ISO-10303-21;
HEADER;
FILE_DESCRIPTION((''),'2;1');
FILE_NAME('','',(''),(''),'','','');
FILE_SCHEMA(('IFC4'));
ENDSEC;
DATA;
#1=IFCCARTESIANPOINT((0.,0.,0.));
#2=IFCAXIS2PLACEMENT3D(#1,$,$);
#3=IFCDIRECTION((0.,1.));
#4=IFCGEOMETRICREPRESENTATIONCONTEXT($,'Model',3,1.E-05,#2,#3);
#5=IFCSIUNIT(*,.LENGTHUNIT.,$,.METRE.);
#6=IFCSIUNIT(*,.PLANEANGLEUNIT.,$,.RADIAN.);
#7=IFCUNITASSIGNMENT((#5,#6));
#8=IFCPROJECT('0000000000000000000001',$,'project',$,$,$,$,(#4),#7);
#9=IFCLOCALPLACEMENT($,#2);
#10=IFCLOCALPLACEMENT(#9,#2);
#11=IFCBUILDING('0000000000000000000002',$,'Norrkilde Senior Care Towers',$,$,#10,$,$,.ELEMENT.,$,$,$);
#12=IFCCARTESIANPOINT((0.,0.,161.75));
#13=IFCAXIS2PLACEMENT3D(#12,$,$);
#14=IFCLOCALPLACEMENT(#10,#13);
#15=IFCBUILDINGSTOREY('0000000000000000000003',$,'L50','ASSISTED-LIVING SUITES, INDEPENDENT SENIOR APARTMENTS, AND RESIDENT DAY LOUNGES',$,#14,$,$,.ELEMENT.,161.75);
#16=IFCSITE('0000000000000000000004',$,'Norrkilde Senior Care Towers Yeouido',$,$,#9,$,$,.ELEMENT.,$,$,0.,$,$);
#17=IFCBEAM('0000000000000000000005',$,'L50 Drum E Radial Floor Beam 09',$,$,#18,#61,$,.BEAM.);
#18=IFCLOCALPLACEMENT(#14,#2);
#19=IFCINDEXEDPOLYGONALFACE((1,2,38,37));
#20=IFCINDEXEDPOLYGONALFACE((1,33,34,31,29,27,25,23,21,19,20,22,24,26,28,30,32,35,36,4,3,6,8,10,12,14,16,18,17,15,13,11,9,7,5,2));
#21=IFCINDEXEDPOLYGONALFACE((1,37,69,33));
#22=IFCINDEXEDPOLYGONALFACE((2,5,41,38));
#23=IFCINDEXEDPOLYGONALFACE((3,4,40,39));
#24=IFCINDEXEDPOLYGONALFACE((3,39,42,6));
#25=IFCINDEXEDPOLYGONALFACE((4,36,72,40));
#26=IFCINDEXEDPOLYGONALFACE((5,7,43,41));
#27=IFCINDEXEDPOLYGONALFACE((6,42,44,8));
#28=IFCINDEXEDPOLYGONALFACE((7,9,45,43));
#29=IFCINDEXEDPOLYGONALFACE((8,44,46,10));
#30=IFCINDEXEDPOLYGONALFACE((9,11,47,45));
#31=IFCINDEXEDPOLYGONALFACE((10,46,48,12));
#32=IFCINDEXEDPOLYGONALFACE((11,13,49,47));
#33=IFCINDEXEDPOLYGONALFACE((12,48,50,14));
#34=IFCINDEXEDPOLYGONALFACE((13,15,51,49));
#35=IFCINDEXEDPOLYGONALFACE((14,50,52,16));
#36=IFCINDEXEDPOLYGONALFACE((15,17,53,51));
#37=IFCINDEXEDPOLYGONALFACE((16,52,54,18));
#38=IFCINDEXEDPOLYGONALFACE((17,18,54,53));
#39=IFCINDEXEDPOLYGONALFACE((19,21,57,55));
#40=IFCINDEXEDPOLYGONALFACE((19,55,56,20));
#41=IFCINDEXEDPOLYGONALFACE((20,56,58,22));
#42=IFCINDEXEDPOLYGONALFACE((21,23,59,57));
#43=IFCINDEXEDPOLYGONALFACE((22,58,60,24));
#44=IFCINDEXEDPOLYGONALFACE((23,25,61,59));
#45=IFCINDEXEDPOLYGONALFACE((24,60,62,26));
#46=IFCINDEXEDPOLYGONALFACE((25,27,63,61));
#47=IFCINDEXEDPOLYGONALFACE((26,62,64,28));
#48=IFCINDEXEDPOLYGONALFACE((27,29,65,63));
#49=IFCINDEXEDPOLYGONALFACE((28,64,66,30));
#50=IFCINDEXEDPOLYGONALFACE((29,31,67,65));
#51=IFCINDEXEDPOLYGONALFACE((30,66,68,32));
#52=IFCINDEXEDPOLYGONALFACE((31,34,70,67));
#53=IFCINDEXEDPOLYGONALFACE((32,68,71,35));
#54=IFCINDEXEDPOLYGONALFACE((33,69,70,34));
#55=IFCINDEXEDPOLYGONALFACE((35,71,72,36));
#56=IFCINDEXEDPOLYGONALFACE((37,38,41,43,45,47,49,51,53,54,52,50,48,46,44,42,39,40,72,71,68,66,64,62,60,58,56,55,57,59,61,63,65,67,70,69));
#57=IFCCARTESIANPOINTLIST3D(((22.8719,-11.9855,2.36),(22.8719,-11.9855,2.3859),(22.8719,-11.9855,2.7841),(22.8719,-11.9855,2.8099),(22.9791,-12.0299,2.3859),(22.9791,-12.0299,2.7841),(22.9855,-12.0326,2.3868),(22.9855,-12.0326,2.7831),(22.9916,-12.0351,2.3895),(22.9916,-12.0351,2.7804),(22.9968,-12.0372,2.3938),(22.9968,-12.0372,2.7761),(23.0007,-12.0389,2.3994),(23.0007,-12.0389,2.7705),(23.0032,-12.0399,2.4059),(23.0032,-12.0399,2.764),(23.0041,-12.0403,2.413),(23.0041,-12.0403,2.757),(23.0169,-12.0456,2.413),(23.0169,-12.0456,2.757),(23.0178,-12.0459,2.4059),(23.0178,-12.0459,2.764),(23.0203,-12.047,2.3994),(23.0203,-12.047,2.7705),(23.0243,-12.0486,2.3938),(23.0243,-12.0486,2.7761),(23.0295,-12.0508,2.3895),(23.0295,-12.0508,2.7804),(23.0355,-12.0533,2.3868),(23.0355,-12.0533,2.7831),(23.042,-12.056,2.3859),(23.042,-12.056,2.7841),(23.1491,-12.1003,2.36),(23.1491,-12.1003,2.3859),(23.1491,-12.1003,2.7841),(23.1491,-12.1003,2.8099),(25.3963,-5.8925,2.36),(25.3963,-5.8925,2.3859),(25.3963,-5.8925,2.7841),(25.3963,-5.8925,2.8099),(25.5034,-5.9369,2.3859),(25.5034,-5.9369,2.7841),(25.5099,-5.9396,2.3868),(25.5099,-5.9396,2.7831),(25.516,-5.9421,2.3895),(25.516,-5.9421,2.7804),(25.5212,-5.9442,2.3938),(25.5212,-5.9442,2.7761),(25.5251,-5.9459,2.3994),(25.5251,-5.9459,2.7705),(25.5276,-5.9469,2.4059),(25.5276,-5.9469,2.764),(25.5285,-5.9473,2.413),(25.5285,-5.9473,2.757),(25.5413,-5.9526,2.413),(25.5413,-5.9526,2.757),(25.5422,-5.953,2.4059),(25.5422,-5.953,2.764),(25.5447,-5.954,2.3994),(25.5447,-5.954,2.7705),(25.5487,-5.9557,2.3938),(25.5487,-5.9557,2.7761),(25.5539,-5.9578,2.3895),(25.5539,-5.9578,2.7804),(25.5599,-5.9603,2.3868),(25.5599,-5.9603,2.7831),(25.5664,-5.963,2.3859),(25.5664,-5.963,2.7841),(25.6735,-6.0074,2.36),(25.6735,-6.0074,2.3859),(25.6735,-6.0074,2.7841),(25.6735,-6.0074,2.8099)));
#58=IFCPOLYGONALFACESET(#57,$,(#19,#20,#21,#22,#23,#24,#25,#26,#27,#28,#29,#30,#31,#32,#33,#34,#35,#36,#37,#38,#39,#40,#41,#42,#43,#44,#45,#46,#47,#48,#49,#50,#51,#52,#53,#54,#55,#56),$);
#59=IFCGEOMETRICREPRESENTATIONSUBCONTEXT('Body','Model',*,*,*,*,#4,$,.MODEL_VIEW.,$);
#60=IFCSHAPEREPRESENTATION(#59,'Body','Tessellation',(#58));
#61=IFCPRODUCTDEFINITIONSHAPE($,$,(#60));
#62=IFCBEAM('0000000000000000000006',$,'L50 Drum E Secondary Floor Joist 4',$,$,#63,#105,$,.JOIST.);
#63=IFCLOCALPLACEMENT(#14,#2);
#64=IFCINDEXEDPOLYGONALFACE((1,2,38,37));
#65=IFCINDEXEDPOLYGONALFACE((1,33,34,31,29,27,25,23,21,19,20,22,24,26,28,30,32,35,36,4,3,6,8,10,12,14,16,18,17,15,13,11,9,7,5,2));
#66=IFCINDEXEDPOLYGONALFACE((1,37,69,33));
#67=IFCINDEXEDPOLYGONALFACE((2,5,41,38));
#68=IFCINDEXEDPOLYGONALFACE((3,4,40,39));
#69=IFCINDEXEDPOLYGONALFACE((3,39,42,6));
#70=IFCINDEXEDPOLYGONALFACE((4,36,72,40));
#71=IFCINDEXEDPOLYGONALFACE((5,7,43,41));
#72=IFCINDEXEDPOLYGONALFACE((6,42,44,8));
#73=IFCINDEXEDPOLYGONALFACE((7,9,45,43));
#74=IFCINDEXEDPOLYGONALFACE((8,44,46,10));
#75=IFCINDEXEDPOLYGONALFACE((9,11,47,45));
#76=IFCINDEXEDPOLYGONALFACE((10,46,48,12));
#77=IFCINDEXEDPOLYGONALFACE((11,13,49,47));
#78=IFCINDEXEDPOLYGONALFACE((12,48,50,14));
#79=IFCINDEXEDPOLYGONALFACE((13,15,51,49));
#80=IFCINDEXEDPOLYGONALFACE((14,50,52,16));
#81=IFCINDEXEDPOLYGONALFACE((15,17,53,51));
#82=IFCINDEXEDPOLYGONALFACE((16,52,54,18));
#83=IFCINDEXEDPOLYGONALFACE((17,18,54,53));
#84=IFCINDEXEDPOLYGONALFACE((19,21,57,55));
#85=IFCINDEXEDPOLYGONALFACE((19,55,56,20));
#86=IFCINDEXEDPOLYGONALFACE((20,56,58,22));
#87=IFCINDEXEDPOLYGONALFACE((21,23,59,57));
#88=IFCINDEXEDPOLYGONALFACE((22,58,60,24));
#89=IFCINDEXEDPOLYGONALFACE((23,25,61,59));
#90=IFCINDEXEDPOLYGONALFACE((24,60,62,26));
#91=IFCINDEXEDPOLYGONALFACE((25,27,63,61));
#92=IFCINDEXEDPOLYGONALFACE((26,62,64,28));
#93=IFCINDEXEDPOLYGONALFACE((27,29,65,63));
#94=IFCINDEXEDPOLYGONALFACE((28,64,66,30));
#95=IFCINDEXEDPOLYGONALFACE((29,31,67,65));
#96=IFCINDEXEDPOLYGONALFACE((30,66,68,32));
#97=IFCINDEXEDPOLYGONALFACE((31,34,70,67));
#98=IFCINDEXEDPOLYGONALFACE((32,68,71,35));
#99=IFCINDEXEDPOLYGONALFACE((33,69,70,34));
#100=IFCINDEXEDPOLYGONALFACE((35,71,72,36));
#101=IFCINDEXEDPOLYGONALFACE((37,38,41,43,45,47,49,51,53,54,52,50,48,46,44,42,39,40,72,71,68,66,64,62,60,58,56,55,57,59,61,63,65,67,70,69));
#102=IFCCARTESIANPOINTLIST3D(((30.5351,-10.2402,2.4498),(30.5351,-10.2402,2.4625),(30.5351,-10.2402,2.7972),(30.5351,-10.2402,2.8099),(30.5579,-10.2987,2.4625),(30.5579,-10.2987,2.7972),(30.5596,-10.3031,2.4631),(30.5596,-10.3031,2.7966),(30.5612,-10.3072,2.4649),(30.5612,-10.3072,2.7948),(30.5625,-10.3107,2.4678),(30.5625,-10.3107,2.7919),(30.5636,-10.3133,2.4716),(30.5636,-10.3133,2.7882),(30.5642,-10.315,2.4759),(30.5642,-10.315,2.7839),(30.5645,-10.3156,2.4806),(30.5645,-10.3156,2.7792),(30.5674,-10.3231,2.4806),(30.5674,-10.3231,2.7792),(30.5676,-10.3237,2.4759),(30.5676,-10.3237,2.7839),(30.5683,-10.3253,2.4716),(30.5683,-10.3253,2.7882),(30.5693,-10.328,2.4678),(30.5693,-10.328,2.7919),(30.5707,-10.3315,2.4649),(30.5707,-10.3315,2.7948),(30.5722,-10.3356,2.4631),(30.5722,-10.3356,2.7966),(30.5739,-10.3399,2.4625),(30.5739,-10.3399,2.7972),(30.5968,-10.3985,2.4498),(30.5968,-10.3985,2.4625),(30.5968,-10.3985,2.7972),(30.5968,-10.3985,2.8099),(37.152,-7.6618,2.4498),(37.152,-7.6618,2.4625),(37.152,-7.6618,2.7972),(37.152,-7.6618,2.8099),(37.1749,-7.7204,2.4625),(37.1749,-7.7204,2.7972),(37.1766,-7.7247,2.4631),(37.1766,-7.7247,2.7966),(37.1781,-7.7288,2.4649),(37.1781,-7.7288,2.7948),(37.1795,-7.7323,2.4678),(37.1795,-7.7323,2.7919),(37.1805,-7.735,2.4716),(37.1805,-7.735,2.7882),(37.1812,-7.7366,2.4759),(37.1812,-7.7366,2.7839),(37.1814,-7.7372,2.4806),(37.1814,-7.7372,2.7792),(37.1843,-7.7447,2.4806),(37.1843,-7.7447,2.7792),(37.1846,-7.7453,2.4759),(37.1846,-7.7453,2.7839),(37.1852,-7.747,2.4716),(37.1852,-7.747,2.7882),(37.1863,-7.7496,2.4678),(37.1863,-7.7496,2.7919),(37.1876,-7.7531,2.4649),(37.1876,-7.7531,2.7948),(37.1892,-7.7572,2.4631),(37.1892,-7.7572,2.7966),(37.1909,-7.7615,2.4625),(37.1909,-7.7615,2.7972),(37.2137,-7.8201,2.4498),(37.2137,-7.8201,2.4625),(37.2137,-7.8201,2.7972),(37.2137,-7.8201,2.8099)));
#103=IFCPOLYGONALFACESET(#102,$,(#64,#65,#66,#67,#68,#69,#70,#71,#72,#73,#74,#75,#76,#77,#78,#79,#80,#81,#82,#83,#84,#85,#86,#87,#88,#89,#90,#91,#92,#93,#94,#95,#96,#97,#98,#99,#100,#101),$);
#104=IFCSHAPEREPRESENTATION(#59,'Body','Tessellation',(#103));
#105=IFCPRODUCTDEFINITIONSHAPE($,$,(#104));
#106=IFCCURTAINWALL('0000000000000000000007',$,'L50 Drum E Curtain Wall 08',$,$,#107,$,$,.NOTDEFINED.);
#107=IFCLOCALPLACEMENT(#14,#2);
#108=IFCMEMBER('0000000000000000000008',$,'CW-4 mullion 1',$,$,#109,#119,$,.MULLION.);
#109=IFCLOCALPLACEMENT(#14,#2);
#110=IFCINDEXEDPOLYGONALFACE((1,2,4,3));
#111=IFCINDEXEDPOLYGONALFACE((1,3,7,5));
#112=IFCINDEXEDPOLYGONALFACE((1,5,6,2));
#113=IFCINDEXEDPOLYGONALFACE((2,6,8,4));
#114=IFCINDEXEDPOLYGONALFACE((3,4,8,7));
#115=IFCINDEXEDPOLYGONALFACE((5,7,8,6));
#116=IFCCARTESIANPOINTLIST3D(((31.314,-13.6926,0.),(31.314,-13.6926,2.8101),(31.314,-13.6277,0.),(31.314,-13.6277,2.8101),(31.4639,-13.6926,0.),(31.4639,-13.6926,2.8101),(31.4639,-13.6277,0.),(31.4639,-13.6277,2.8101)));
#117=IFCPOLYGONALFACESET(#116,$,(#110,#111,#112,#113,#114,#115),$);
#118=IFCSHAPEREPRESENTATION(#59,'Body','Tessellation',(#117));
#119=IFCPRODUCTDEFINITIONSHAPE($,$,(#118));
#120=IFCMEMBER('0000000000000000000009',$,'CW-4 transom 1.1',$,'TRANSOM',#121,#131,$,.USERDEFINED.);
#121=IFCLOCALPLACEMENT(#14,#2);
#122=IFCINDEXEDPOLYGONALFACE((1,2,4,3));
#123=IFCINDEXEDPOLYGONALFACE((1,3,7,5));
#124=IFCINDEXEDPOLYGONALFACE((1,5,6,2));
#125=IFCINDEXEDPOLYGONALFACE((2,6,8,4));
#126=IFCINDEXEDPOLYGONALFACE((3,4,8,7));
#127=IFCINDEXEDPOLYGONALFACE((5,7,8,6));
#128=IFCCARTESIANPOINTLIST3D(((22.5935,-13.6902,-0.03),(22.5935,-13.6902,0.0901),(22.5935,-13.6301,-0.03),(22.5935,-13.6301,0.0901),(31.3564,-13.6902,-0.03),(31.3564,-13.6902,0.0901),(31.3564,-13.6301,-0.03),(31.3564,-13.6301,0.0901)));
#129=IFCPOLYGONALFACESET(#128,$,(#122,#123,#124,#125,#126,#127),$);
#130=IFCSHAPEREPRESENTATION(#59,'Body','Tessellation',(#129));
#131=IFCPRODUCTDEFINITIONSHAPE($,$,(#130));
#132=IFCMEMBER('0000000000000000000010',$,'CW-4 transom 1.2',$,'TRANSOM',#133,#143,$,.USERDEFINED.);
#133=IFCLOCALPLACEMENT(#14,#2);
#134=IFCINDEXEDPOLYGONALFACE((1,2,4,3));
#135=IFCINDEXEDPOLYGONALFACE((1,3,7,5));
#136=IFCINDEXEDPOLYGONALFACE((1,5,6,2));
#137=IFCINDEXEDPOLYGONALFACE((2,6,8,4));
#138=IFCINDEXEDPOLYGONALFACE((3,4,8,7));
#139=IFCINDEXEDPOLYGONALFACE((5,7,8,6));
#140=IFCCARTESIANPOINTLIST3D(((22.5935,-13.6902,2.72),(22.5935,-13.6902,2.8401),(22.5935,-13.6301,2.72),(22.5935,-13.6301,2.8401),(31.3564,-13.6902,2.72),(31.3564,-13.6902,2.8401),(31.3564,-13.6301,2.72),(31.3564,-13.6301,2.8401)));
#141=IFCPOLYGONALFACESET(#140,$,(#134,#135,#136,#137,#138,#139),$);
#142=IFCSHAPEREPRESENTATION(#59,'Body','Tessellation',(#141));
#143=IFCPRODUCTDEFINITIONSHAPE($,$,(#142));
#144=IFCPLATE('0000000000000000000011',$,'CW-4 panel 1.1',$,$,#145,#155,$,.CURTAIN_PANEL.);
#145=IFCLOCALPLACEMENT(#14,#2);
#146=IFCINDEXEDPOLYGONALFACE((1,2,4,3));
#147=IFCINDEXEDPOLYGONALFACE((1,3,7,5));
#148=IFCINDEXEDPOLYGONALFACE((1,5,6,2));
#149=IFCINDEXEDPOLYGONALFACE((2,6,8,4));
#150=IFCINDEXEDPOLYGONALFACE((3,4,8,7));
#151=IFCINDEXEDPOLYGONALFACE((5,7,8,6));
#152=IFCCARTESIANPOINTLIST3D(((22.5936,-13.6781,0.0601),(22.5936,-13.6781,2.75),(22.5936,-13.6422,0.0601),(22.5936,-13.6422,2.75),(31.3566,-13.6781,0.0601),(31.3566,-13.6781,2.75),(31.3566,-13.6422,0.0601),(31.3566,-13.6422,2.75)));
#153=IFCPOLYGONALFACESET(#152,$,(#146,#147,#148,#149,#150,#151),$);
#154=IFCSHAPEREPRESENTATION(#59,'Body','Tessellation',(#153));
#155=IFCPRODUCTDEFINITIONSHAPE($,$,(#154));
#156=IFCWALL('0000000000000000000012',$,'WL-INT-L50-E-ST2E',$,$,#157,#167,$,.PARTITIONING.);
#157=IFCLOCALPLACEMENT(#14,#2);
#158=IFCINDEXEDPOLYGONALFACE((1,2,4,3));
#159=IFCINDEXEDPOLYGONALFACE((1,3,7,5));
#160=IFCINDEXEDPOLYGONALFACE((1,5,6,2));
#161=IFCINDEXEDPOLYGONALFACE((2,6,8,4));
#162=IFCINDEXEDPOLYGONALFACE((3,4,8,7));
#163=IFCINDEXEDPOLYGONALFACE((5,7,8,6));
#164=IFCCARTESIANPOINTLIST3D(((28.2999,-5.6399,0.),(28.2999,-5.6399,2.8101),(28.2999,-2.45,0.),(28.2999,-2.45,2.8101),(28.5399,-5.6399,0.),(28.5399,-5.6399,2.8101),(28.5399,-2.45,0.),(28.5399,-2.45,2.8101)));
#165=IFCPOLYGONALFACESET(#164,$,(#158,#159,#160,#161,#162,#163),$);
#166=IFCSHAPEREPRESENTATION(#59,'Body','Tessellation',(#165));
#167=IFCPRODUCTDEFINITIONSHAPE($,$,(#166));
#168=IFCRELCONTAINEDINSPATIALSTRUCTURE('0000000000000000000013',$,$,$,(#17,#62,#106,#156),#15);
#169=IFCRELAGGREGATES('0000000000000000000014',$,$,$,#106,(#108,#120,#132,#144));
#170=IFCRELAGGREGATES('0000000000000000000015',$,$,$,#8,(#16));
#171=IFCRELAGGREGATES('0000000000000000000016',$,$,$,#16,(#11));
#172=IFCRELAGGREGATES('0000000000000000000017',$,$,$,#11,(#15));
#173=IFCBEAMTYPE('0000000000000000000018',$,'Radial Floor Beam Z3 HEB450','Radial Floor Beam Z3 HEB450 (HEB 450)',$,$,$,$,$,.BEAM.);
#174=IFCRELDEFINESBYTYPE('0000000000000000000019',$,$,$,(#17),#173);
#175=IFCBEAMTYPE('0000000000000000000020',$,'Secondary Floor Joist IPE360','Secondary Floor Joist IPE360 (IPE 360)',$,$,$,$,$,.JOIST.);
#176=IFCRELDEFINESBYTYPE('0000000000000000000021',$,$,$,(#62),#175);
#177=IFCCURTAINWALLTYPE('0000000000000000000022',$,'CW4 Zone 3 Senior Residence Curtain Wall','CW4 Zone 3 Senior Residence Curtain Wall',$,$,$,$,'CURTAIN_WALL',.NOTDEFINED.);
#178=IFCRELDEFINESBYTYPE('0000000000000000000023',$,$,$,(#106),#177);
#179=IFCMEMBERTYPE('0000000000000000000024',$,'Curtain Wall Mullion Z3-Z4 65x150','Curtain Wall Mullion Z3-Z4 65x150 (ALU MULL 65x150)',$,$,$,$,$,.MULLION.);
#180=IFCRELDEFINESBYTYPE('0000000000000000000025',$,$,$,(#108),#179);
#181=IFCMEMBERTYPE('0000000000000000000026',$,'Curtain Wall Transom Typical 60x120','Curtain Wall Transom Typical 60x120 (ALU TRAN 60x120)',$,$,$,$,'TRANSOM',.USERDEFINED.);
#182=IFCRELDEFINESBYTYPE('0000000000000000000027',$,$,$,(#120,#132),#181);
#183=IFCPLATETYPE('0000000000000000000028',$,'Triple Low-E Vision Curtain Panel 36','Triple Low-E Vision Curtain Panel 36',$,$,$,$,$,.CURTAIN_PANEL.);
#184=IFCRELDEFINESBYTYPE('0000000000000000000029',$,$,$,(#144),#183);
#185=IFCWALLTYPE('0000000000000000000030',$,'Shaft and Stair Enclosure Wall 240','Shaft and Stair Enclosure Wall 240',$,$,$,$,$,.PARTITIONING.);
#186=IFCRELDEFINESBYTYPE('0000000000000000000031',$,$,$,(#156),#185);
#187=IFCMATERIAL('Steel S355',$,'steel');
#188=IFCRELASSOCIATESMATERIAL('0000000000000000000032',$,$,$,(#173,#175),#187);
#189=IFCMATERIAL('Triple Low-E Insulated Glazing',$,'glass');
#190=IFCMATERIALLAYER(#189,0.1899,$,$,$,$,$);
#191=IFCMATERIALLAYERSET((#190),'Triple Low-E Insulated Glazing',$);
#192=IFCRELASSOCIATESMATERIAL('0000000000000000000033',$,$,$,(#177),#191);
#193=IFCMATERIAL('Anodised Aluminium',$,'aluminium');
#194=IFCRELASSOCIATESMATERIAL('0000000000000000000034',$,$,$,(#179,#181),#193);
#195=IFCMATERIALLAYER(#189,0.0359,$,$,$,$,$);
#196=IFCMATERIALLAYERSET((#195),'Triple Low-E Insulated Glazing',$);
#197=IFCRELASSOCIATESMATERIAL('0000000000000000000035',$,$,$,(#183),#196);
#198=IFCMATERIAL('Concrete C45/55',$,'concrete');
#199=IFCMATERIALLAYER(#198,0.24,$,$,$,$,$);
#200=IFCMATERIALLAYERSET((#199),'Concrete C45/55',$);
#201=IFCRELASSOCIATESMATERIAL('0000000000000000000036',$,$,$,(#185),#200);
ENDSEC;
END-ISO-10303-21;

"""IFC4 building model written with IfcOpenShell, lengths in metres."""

from ifc_helpers import new_model, si_unit, direction, frame, frame_2d, origin, origin_2d, place, context, subcontext, project, spatial, rectangle, i_section, extrude, source, transform, mapped, material, layer, layer_set, material_profile, profile_set, type_object, type_shapes, element, aggregate, save


model = new_model("IFC4")

# Units and contexts
model_context = context("Model", 3, precision=1e-05, world=origin(), true_north=direction((0.0, 1.0)))
body_context = subcontext(model_context, "Body", "Model", "MODEL_VIEW")
ifc_project = project(units=[si_unit("LENGTHUNIT", "METRE"), si_unit("PLANEANGLEUNIT", "RADIAN")], contexts=[model_context])

# Site, building, storey
site_placement = place(None, origin())
site = spatial("IfcSite", under=ifc_project, at=site_placement, Name="Norrkilde Senior Care Towers Yeouido", CompositionType="ELEMENT", RefElevation=0.0)
building_placement = place(site_placement, origin())
building = spatial("IfcBuilding", under=site, at=building_placement, Name="Norrkilde Senior Care Towers", CompositionType="ELEMENT")
storey_placement = place(building_placement, frame((0.0, 0.0, 161.75)))
storey = spatial("IfcBuildingStorey", under=building, at=storey_placement, Name="L50", Description="ASSISTED-LIVING SUITES, INDEPENDENT SENIOR APARTMENTS, AND RESIDENT DAY LOUNGES", CompositionType="ELEMENT", Elevation=161.75)

# Beams
ifc_material_1 = material(Name="Steel S355", Category="steel")
ifc_material_profile_1 = material_profile(ifc_material_1, i_section(OverallWidth=0.3, OverallDepth=0.45, WebThickness=0.0139, FlangeThickness=0.0259, FilletRadius=0.0271, at=origin_2d()), Name="HEB 450")
ifc_profile_set_1 = profile_set([ifc_material_profile_1], Name="Steel S355")
beam_type_1 = type_object("IfcBeamType", Name="Radial Floor Beam Z3 HEB450", Description="Radial Floor Beam Z3 HEB450 (HEB 450)", PredefinedType="BEAM", material=ifc_profile_set_1)
shared_shape_1 = source(origin(), body_context, "Body", "SweptSolid", [
    extrude(i_section(OverallWidth=0.3, OverallDepth=0.45, WebThickness=0.0139, FlangeThickness=0.0259, FilletRadius=0.0271, at=origin_2d()), origin(), (0.0, 0.0, 1.0), 6.5952),
])
beam_1_placement = place(storey_placement, frame((25.5349, -5.95, 2.585), z_axis=(-0.382762, -0.923847, 0.0), x_axis=(0.923847, -0.382762, 0.0)))
element("IfcBeam", 1, at=beam_1_placement, inside=storey, type_object=beam_type_1, Name="L50 Drum E Radial Floor Beam 09", PredefinedType="BEAM", context=body_context, shape_type="MappedRepresentation", body=[
    mapped(shared_shape_1, transform((0.0, 0.0, 0.0), x_axis=(1.0, 0.0, 0.0), y_axis=(0.0, 1.0, 0.0), z_axis=(0.0, 0.0, 1.0), scale=1.0)),
])
ifc_material_profile_2 = material_profile(ifc_material_1, i_section(OverallWidth=0.1699, OverallDepth=0.3601, WebThickness=0.0081, FlangeThickness=0.0127, FilletRadius=0.0181, at=origin_2d()), Name="IPE 360")
ifc_profile_set_2 = profile_set([ifc_material_profile_2], Name="Steel S355")
beam_type_2 = type_object("IfcBeamType", Name="Secondary Floor Joist IPE360", Description="Secondary Floor Joist IPE360 (IPE 360)", PredefinedType="JOIST", material=ifc_profile_set_2)
shared_shape_2 = source(origin(), body_context, "Body", "SweptSolid", [
    extrude(i_section(OverallWidth=0.1699, OverallDepth=0.3601, WebThickness=0.0081, FlangeThickness=0.0127, FilletRadius=0.0181, at=origin_2d()), origin(), (0.0, 0.0, 1.0), 7.1016),
])
type_shapes(beam_type_2, [shared_shape_2])
beam_2_placement = place(storey_placement, frame((30.5659, -10.3193, 2.6299), z_axis=(0.931761, 0.363072, 0.0), x_axis=(-0.363072, 0.931761, 0.0)))
element("IfcBeam", 2, at=beam_2_placement, inside=storey, type_object=beam_type_2, Name="L50 Drum E Secondary Floor Joist 4", PredefinedType="JOIST", context=body_context, shape_type="MappedRepresentation", body=[
    mapped(shared_shape_2, transform((0.0, 0.0, 0.0), x_axis=(1.0, 0.0, 0.0), y_axis=(0.0, 1.0, 0.0), z_axis=(0.0, 0.0, 1.0), scale=1.0)),
])

# Curtain wall, members, plate
ifc_material_2 = material(Name="Triple Low-E Insulated Glazing", Category="glass")
ifc_layer_1 = layer(ifc_material_2, 0.1899)
ifc_layer_set_1 = layer_set([ifc_layer_1], Name="Triple Low-E Insulated Glazing")
curtain_wall_type = type_object("IfcCurtainWallType", Name="CW4 Zone 3 Senior Residence Curtain Wall", Description="CW4 Zone 3 Senior Residence Curtain Wall", ElementType="CURTAIN_WALL", PredefinedType="NOTDEFINED", material=ifc_layer_set_1)
curtain_wall_placement = place(storey_placement, origin())
curtain_wall = element("IfcCurtainWall", 3, at=curtain_wall_placement, inside=storey, type_object=curtain_wall_type, Name="L50 Drum E Curtain Wall 08", PredefinedType="NOTDEFINED")
ifc_material_3 = material(Name="Anodised Aluminium", Category="aluminium")
ifc_material_profile_3 = material_profile(ifc_material_3, rectangle(XDim=0.0649, YDim=0.1499, at=origin_2d()), Name="ALU MULL 65x150")
ifc_profile_set_3 = profile_set([ifc_material_profile_3], Name="Anodised Aluminium")
member_type_1 = type_object("IfcMemberType", Name="Curtain Wall Mullion Z3-Z4 65x150", Description="Curtain Wall Mullion Z3-Z4 65x150 (ALU MULL 65x150)", PredefinedType="MULLION", material=ifc_profile_set_3)
shared_shape_3 = source(origin(), body_context, "Body", "SweptSolid", [
    extrude(rectangle(XDim=0.0649, YDim=0.1499, at=origin_2d()), origin(), (0.0, 0.0, 1.0), 2.8101),
])
type_shapes(member_type_1, [shared_shape_3])
member_1_placement = place(storey_placement, frame((31.3889, -13.6602, 0.0), z_axis=(0.0, 0.0, 1.0), x_axis=(0.0, -1.0, 0.0)))
member_1 = element("IfcMember", 4, at=member_1_placement, type_object=member_type_1, Name="CW-4 mullion 1", PredefinedType="MULLION", context=body_context, shape_type="MappedRepresentation", body=[
    mapped(shared_shape_3, transform((0.0, 0.0, 0.0), x_axis=(1.0, 0.0, 0.0), y_axis=(0.0, 1.0, 0.0), z_axis=(0.0, 0.0, 1.0), scale=1.0)),
])
ifc_material_profile_4 = material_profile(ifc_material_3, rectangle(XDim=0.0601, YDim=0.1201, at=origin_2d()), Name="ALU TRAN 60x120")
ifc_profile_set_4 = profile_set([ifc_material_profile_4], Name="Anodised Aluminium")
member_type_2 = type_object("IfcMemberType", Name="Curtain Wall Transom Typical 60x120", Description="Curtain Wall Transom Typical 60x120 (ALU TRAN 60x120)", ElementType="TRANSOM", PredefinedType="USERDEFINED", material=ifc_profile_set_4)
shared_shape_4 = source(origin(), body_context, "Body", "SweptSolid", [
    extrude(rectangle(XDim=0.0601, YDim=0.1201, at=origin_2d()), origin(), (0.0, 0.0, 1.0), 8.7629),
])
type_shapes(member_type_2, [shared_shape_4])
member_2_placement = place(storey_placement, frame((31.3564, -13.6602, 0.03), z_axis=(-1.0, 0.0, 0.0), x_axis=(0.0, -1.0, 0.0)))
member_2 = element("IfcMember", 5, at=member_2_placement, type_object=member_type_2, Name="CW-4 transom 1.1", ObjectType="TRANSOM", PredefinedType="USERDEFINED", context=body_context, shape_type="MappedRepresentation", body=[
    mapped(shared_shape_4, transform((0.0, 0.0, 0.0), x_axis=(1.0, 0.0, 0.0), y_axis=(0.0, 1.0, 0.0), z_axis=(0.0, 0.0, 1.0), scale=1.0)),
])
member_3_placement = place(storey_placement, frame((31.3564, -13.6602, 2.78), z_axis=(-1.0, 0.0, 0.0), x_axis=(0.0, -1.0, 0.0)))
member_3 = element("IfcMember", 6, at=member_3_placement, type_object=member_type_2, Name="CW-4 transom 1.2", ObjectType="TRANSOM", PredefinedType="USERDEFINED", context=body_context, shape_type="MappedRepresentation", body=[
    mapped(shared_shape_4, transform((0.0, 0.0, 0.0), x_axis=(1.0, 0.0, 0.0), y_axis=(0.0, 1.0, 0.0), z_axis=(0.0, 0.0, 1.0), scale=1.0)),
])
ifc_layer_2 = layer(ifc_material_2, 0.0359)
ifc_layer_set_2 = layer_set([ifc_layer_2], Name="Triple Low-E Insulated Glazing")
plate_type = type_object("IfcPlateType", Name="Triple Low-E Vision Curtain Panel 36", Description="Triple Low-E Vision Curtain Panel 36", PredefinedType="CURTAIN_PANEL", material=ifc_layer_set_2)
shared_shape_5 = source(origin(), body_context, "Body", "SweptSolid", [
    extrude(rectangle(XDim=8.7629, YDim=0.0359, at=origin_2d()), origin(), (0.0, 0.0, 1.0), 2.6899),
])
type_shapes(plate_type, [shared_shape_5])
plate_placement = place(storey_placement, frame((26.9751, -13.6602, 0.0601), z_axis=(0.0, 0.0, 1.0), x_axis=(-1.0, 0.0, 0.0)))
plate = element("IfcPlate", 7, at=plate_placement, type_object=plate_type, Name="CW-4 panel 1.1", PredefinedType="CURTAIN_PANEL", context=body_context, shape_type="MappedRepresentation", body=[
    mapped(shared_shape_5, transform((0.0, 0.0, 0.0), x_axis=(1.0, 0.0, 0.0), y_axis=(0.0, 1.0, 0.0), z_axis=(0.0, 0.0, 1.0), scale=1.0)),
])
aggregate(curtain_wall, [member_1, member_2, member_3, plate])

# Wall
ifc_material_4 = material(Name="Concrete C45/55", Category="concrete")
ifc_layer_3 = layer(ifc_material_4, 0.24)
ifc_layer_set_3 = layer_set([ifc_layer_3], Name="Concrete C45/55")
wall_type_1 = type_object("IfcWallType", Name="Shaft and Stair Enclosure Wall 240", Description="Shaft and Stair Enclosure Wall 240", PredefinedType="PARTITIONING", material=ifc_layer_set_3)
shared_shape_6 = source(origin(), body_context, "Body", "SweptSolid", [
    extrude(rectangle(XDim=3.1899, YDim=0.24, at=frame_2d((1.595, 0.0))), origin(), (0.0, 0.0, 1.0), 2.8101),
])
type_shapes(wall_type_1, [shared_shape_6])
wall_1_placement = place(storey_placement, frame((28.4199, -5.6399, 0.0), z_axis=(0.0, 0.0, 1.0), x_axis=(0.0, 1.0, 0.0)))
element("IfcWall", 8, at=wall_1_placement, inside=storey, type_object=wall_type_1, Name="WL-INT-L50-E-ST2E", PredefinedType="PARTITIONING", context=body_context, shape_type="MappedRepresentation", body=[
    mapped(shared_shape_6, transform((0.0, 0.0, 0.0), x_axis=(1.0, 0.0, 0.0), y_axis=(0.0, 1.0, 0.0), z_axis=(0.0, 0.0, 1.0), scale=1.0)),
])

save(model, "model.ifc")
